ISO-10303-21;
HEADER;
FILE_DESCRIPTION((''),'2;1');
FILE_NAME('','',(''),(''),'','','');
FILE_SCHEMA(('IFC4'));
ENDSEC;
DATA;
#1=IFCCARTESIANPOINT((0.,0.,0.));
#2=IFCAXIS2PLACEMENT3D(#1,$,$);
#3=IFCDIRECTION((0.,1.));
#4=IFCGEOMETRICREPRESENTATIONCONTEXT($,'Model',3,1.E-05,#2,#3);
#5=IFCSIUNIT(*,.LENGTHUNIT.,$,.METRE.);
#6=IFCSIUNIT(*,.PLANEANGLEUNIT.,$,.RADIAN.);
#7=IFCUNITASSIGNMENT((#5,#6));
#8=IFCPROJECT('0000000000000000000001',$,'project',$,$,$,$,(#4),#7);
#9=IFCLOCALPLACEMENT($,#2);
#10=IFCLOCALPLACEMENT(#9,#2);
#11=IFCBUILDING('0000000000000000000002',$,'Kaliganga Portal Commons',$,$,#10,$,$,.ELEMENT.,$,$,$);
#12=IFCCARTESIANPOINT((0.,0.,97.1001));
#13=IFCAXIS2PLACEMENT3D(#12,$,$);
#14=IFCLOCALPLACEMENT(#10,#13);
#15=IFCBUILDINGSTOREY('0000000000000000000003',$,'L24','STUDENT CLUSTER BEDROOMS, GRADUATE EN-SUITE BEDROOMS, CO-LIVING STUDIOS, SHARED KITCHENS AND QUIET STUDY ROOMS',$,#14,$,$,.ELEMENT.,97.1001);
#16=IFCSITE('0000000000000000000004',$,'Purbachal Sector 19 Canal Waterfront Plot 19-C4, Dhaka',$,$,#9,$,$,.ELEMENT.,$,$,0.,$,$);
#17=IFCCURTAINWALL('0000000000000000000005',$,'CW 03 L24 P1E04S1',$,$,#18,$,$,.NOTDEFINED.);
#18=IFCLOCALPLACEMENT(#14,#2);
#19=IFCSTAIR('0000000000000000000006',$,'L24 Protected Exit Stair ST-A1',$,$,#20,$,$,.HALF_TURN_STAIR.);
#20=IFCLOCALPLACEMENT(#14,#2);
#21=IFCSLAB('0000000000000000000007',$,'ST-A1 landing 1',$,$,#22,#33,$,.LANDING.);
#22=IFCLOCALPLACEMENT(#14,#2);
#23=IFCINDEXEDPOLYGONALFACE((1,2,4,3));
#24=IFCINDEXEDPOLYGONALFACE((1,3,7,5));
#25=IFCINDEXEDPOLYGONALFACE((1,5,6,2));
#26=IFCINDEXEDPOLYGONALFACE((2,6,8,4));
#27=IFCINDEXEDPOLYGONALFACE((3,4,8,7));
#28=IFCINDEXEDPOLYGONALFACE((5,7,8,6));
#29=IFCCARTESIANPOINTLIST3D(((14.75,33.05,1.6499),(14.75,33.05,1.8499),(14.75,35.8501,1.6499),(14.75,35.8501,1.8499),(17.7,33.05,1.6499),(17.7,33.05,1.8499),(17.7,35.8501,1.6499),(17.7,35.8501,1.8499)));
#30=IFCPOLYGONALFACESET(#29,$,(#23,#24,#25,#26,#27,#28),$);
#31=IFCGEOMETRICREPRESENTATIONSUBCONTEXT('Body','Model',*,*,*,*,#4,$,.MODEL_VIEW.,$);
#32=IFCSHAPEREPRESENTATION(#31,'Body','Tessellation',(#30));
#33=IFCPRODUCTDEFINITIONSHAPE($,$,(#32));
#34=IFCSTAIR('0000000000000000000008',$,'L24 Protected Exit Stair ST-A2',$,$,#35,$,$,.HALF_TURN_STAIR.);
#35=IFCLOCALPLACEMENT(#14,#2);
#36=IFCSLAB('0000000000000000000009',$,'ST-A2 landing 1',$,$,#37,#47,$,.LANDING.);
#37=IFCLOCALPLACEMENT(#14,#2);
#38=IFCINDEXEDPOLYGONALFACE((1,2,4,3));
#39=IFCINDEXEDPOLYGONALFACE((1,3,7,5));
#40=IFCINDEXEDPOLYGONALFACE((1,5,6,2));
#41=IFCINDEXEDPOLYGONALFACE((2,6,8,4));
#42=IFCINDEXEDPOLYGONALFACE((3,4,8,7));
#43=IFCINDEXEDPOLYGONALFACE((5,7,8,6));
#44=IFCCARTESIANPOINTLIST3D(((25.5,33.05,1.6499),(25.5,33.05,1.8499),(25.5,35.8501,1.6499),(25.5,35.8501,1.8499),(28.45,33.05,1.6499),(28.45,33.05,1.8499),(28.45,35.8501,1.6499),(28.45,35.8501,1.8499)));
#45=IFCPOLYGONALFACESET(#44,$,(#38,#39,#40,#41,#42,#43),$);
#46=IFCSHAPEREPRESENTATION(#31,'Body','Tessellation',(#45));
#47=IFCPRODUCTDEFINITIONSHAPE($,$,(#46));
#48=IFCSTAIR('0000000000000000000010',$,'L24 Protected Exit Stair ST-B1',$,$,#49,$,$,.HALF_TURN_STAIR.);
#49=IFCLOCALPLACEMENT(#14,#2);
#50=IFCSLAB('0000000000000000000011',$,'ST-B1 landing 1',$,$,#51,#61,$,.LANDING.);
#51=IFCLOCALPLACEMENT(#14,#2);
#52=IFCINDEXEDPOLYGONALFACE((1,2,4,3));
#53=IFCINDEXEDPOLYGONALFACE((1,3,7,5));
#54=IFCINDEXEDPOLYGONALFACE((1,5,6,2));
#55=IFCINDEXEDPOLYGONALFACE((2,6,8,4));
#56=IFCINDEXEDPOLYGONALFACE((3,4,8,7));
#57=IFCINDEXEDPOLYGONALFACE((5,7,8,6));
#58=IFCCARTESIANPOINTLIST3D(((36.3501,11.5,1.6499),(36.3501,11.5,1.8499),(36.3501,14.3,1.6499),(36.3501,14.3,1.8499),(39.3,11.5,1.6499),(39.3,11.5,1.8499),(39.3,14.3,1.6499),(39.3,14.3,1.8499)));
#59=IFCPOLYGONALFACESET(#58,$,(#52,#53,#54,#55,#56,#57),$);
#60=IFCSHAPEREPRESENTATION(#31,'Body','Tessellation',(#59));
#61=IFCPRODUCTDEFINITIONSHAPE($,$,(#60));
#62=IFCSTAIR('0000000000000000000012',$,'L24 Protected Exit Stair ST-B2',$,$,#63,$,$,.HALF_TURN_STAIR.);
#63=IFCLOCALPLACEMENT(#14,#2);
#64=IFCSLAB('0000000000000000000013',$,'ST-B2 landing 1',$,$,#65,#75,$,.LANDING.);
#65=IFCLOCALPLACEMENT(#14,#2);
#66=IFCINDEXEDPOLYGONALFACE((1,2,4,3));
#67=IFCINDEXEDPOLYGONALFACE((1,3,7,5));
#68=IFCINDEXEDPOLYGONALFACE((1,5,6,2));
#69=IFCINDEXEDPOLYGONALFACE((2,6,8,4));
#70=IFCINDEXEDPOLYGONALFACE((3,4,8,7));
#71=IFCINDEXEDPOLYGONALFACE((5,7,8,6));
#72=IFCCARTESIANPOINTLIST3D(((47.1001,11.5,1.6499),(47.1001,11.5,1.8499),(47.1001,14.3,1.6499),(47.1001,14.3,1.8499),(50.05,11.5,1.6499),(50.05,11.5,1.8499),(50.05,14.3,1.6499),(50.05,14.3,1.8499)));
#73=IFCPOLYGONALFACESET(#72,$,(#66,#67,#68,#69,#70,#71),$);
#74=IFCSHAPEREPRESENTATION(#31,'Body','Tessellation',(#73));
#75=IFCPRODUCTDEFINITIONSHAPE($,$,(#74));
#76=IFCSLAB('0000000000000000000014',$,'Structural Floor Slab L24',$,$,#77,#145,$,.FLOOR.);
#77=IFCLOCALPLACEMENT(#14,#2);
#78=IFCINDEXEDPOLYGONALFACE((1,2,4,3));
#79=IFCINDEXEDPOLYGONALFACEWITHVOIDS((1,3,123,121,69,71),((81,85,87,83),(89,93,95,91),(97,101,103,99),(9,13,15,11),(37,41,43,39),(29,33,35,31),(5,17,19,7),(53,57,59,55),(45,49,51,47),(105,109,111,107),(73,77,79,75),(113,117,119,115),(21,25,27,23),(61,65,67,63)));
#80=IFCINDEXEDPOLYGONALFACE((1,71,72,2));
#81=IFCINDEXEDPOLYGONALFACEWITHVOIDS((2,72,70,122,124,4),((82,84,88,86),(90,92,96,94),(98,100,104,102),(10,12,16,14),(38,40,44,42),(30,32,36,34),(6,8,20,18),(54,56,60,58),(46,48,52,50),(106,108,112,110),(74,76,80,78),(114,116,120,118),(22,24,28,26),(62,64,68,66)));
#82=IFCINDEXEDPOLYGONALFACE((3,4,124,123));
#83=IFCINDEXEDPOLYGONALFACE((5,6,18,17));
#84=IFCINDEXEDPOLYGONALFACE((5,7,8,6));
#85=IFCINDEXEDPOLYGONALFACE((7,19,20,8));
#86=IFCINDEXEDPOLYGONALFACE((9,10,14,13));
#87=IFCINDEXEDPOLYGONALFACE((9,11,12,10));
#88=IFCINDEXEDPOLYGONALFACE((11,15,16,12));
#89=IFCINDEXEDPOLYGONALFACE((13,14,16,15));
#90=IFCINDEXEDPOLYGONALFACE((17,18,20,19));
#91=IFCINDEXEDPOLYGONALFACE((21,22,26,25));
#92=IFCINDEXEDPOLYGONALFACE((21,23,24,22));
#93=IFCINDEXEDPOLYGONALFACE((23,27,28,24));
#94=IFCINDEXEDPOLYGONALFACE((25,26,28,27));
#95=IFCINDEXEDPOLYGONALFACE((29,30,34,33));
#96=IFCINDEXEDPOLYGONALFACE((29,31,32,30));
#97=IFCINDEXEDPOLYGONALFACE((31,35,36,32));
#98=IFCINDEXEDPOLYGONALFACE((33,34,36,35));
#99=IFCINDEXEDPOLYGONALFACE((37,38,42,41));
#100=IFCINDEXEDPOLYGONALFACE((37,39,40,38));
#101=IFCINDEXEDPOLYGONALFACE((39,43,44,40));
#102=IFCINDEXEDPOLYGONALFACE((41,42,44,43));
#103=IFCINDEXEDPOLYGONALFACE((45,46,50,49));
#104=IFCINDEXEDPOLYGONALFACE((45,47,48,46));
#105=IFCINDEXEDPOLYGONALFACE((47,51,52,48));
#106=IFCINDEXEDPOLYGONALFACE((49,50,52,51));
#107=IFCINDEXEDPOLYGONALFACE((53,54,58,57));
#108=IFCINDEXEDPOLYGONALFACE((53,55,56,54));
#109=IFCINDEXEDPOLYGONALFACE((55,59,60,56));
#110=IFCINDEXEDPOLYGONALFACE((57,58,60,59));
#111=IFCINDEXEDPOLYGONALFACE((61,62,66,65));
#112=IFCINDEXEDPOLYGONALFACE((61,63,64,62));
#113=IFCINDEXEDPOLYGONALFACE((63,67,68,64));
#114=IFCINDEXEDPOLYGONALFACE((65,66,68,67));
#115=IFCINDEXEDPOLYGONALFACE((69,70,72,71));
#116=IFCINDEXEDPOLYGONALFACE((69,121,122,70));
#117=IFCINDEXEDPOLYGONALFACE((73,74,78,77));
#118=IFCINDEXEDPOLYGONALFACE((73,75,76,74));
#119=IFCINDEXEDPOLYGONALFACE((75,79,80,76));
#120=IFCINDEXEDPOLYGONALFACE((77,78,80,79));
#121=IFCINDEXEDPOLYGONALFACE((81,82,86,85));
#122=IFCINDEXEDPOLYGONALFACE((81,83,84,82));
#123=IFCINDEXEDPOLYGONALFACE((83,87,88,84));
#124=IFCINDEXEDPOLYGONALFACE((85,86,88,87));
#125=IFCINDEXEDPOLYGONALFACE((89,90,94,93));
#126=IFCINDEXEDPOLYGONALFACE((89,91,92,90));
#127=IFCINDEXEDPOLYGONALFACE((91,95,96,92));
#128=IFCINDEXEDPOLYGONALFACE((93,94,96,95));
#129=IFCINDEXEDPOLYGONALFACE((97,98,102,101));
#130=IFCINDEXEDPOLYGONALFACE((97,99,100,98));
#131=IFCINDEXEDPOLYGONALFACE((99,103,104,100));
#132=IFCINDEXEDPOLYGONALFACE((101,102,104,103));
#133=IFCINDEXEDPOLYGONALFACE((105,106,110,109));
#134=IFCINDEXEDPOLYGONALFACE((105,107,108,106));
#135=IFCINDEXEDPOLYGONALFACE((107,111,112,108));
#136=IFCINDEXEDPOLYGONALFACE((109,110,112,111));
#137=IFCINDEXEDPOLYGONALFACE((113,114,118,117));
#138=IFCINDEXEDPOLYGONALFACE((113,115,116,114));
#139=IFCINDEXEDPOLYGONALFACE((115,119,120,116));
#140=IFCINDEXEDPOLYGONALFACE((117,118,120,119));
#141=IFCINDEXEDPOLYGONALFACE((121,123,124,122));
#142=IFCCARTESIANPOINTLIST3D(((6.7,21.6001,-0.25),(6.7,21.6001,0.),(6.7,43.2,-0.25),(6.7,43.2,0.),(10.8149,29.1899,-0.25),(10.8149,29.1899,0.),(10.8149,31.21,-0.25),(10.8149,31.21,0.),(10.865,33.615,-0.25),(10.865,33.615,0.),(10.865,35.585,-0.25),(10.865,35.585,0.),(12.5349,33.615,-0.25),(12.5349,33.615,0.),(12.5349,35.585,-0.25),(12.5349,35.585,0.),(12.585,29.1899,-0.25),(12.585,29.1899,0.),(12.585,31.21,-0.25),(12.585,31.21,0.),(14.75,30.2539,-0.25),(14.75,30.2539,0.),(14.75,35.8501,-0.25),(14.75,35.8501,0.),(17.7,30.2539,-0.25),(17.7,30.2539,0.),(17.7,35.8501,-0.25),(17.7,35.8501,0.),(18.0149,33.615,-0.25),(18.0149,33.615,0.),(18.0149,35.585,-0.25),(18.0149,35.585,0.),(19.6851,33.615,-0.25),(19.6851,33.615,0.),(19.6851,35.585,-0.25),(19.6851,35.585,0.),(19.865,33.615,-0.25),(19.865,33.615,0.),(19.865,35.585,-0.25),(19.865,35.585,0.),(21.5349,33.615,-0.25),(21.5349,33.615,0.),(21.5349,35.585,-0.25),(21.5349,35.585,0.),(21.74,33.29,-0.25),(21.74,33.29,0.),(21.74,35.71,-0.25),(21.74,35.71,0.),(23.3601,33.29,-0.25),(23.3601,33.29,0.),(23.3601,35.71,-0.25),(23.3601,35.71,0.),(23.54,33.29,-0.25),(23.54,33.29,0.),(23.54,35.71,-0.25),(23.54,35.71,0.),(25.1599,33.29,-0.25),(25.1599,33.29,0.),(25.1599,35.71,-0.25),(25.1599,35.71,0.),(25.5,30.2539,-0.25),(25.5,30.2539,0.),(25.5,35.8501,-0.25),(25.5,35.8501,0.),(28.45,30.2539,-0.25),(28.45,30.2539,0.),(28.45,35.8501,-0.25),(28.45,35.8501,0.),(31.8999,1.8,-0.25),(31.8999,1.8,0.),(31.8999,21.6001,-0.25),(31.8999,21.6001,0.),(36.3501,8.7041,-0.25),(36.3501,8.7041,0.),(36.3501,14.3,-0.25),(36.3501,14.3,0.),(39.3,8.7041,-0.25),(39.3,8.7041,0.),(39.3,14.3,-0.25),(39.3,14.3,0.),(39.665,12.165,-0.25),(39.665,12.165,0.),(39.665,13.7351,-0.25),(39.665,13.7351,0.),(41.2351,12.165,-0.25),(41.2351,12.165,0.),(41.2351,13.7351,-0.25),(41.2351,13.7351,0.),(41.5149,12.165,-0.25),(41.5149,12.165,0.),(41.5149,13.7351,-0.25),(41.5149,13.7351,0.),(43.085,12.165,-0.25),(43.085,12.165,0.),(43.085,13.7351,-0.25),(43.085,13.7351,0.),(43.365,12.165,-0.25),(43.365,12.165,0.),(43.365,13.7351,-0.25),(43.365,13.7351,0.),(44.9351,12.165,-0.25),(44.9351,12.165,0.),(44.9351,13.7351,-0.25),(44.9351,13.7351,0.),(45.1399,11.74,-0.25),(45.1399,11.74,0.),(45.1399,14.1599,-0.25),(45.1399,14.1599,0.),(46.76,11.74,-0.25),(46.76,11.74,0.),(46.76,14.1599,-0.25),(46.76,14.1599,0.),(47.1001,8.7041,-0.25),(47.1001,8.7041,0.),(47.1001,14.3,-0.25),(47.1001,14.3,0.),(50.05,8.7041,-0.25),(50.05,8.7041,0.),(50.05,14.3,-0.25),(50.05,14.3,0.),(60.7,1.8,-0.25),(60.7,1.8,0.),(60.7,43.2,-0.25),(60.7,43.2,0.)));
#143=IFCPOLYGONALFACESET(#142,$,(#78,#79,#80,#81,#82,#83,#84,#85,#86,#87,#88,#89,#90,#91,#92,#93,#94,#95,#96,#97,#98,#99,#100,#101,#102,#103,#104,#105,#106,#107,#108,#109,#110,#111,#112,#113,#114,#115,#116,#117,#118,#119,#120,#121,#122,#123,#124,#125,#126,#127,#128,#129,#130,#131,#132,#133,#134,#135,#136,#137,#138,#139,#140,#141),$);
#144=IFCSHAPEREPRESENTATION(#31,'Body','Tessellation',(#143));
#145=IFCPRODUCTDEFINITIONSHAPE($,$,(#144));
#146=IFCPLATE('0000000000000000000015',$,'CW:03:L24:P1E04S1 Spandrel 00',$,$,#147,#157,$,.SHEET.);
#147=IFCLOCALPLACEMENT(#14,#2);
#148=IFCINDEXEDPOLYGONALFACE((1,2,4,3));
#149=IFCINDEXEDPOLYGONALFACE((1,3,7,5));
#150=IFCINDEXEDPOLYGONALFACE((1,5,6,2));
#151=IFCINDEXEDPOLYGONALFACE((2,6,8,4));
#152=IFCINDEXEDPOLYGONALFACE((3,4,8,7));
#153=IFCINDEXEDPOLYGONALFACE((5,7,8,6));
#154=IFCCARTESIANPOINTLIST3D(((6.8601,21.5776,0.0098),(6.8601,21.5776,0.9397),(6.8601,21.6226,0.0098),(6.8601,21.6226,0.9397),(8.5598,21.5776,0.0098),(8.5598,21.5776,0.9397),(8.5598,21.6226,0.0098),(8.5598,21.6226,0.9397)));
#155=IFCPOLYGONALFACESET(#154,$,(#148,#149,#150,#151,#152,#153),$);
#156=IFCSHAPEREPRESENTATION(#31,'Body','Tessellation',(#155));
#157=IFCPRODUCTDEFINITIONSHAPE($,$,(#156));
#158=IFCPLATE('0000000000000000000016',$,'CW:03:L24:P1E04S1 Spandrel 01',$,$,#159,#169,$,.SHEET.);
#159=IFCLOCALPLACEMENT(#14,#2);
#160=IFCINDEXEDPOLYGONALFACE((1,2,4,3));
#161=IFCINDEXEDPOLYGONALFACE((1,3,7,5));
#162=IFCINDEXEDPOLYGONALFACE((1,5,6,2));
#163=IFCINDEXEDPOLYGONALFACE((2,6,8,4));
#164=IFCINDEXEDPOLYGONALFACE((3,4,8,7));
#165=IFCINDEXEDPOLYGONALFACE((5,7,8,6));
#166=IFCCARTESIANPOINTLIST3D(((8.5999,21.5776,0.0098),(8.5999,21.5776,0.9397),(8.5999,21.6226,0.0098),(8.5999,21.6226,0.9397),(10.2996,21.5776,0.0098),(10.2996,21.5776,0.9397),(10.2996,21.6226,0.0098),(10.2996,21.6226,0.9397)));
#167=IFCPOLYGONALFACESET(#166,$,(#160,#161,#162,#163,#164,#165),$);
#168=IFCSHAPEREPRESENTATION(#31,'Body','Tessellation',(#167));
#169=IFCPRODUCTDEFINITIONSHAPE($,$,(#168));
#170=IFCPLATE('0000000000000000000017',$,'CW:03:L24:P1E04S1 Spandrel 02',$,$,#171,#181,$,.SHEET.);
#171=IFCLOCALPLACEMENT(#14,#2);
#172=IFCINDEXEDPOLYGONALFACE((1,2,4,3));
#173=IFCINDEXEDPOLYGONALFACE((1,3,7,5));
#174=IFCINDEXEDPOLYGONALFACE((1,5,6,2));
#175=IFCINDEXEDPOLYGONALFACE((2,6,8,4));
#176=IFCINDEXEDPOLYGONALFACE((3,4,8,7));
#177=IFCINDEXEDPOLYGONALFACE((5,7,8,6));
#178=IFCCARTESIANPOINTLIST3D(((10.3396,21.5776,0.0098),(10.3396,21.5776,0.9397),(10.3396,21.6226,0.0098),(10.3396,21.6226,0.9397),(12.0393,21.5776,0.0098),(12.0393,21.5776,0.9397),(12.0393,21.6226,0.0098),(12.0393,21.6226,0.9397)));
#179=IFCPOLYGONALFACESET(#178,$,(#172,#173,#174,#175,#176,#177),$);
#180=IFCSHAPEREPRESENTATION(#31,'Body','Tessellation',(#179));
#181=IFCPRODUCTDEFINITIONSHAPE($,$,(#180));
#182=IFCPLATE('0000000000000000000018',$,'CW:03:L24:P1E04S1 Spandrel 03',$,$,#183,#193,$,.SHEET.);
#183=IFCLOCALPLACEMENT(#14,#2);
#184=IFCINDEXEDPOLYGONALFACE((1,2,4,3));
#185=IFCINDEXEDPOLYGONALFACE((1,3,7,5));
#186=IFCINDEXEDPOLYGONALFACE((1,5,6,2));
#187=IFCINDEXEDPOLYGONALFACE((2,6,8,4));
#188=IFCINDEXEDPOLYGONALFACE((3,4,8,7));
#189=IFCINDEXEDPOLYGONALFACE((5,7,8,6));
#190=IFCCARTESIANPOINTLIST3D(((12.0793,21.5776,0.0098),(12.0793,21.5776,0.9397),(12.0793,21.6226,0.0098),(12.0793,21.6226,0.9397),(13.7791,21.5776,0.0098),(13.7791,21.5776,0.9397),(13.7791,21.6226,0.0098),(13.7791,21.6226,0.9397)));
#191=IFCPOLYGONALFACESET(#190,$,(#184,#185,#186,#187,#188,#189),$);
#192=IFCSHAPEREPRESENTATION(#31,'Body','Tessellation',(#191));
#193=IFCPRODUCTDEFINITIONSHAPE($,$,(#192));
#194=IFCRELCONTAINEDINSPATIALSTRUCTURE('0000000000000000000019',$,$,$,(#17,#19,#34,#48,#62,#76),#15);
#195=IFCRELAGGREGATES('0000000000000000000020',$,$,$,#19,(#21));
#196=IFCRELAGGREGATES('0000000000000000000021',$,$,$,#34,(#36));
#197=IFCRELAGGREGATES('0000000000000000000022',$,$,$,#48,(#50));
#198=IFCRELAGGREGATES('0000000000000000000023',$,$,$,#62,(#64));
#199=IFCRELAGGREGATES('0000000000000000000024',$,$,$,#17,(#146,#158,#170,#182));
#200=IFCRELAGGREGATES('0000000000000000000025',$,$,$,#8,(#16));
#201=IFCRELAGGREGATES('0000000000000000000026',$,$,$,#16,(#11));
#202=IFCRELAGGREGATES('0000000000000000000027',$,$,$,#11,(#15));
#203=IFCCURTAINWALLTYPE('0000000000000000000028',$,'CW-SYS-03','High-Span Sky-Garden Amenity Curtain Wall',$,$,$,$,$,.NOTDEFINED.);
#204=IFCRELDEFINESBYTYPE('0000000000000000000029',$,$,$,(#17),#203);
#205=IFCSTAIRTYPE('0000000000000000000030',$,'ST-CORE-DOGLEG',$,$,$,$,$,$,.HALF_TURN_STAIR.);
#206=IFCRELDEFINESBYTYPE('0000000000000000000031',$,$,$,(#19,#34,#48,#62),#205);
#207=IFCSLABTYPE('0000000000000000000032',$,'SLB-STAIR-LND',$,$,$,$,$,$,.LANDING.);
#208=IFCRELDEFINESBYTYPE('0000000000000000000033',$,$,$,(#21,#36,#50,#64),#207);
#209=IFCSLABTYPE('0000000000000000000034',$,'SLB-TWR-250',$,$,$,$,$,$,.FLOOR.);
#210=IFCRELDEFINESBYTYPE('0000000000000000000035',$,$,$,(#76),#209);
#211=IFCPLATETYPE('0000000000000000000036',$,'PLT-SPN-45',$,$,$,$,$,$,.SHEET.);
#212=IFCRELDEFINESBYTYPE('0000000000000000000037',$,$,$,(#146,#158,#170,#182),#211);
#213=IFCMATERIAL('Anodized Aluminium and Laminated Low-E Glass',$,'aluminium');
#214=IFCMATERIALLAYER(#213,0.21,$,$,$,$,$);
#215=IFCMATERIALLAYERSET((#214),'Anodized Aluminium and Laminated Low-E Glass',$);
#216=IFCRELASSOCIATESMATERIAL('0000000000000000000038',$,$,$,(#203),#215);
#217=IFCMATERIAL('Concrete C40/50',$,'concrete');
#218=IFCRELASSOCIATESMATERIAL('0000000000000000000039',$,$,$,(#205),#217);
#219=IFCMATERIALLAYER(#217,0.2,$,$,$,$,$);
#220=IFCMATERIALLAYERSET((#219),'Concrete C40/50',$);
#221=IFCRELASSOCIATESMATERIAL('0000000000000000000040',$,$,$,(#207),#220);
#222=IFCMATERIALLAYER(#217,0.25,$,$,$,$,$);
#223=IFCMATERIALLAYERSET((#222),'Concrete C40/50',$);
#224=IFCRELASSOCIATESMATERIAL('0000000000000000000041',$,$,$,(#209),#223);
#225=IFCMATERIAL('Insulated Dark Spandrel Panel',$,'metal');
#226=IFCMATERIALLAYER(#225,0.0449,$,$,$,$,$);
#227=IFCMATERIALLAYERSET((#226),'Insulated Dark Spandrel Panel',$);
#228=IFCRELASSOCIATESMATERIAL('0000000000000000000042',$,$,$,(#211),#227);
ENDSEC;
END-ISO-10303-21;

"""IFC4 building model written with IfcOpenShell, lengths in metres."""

from ifc_helpers import new_model, si_unit, direction, frame, origin, origin_2d, place, context, subcontext, project, spatial, polyline, rectangle, outline, extrude, source, transform, mapped, material, layer, layer_set, type_object, element, aggregate, save


model = new_model("IFC4")

# Units and contexts
model_context = context("Model", 3, precision=1e-05, world=origin(), true_north=direction((0.0, 1.0)))
body_context = subcontext(model_context, "Body", "Model", "MODEL_VIEW")
ifc_project = project(units=[si_unit("LENGTHUNIT", "METRE"), si_unit("PLANEANGLEUNIT", "RADIAN")], contexts=[model_context])

# Site, building, storey
site_placement = place(None, origin())
site = spatial("IfcSite", under=ifc_project, at=site_placement, Name="Purbachal Sector 19 Canal Waterfront Plot 19-C4, Dhaka", CompositionType="ELEMENT", RefElevation=0.0)
building_placement = place(site_placement, origin())
building = spatial("IfcBuilding", under=site, at=building_placement, Name="Kaliganga Portal Commons", CompositionType="ELEMENT")
storey_placement = place(building_placement, frame((0.0, 0.0, 97.1001)))
storey = spatial("IfcBuildingStorey", under=building, at=storey_placement, Name="L24", Description="STUDENT CLUSTER BEDROOMS, GRADUATE EN-SUITE BEDROOMS, CO-LIVING STUDIOS, SHARED KITCHENS AND QUIET STUDY ROOMS", CompositionType="ELEMENT", Elevation=97.1001)

# Curtain wall
ifc_material_1 = material(Name="Anodized Aluminium and Laminated Low-E Glass", Category="aluminium")
ifc_layer_1 = layer(ifc_material_1, 0.21)
ifc_layer_set_1 = layer_set([ifc_layer_1], Name="Anodized Aluminium and Laminated Low-E Glass")
curtain_wall_type = type_object("IfcCurtainWallType", Name="CW-SYS-03", Description="High-Span Sky-Garden Amenity Curtain Wall", PredefinedType="NOTDEFINED", material=ifc_layer_set_1)
curtain_wall_placement = place(storey_placement, origin())
curtain_wall = element("IfcCurtainWall", 1, at=curtain_wall_placement, inside=storey, type_object=curtain_wall_type, Name="CW 03 L24 P1E04S1", PredefinedType="NOTDEFINED")

# Shared definitions
ifc_material_2 = material(Name="Concrete C40/50", Category="concrete")

# Stairs, slabs
stair_type = type_object("IfcStairType", Name="ST-CORE-DOGLEG", PredefinedType="HALF_TURN_STAIR", material=ifc_material_2)
stair_1_placement = place(storey_placement, origin())
stair_1 = element("IfcStair", 2, at=stair_1_placement, inside=storey, type_object=stair_type, Name="L24 Protected Exit Stair ST-A1", PredefinedType="HALF_TURN_STAIR")
ifc_layer_2 = layer(ifc_material_2, 0.2)
ifc_layer_set_2 = layer_set([ifc_layer_2], Name="Concrete C40/50")
slab_type_1 = type_object("IfcSlabType", Name="SLB-STAIR-LND", PredefinedType="LANDING", material=ifc_layer_set_2)
slab_1_placement = place(storey_placement, frame((0.0, 0.0, 1.6499)))
slab_1 = element("IfcSlab", 3, at=slab_1_placement, type_object=slab_type_1, Name="ST-A1 landing 1", PredefinedType="LANDING", context=body_context, shape_type="SweptSolid", body=[
    extrude(outline(polyline([(17.7, 33.05), (17.7, 35.8501), (14.75, 35.8501), (14.75, 33.05), (17.7, 33.05)])), origin(), (0.0, 0.0, 1.0), 0.2),
])
aggregate(stair_1, [slab_1])
stair_2_placement = place(storey_placement, origin())
stair_2 = element("IfcStair", 4, at=stair_2_placement, inside=storey, type_object=stair_type, Name="L24 Protected Exit Stair ST-A2", PredefinedType="HALF_TURN_STAIR")
slab_2_placement = place(storey_placement, frame((0.0, 0.0, 1.6499)))
slab_2 = element("IfcSlab", 5, at=slab_2_placement, type_object=slab_type_1, Name="ST-A2 landing 1", PredefinedType="LANDING", context=body_context, shape_type="SweptSolid", body=[
    extrude(outline(polyline([(28.45, 33.05), (28.45, 35.8501), (25.5, 35.8501), (25.5, 33.05), (28.45, 33.05)])), origin(), (0.0, 0.0, 1.0), 0.2),
])
aggregate(stair_2, [slab_2])
stair_3_placement = place(storey_placement, origin())
stair_3 = element("IfcStair", 6, at=stair_3_placement, inside=storey, type_object=stair_type, Name="L24 Protected Exit Stair ST-B1", PredefinedType="HALF_TURN_STAIR")
slab_3_placement = place(storey_placement, frame((0.0, 0.0, 1.6499)))
slab_3 = element("IfcSlab", 7, at=slab_3_placement, type_object=slab_type_1, Name="ST-B1 landing 1", PredefinedType="LANDING", context=body_context, shape_type="SweptSolid", body=[
    extrude(outline(polyline([(39.3, 11.5), (39.3, 14.3), (36.3501, 14.3), (36.3501, 11.5), (39.3, 11.5)])), origin(), (0.0, 0.0, 1.0), 0.2),
])
aggregate(stair_3, [slab_3])
stair_4_placement = place(storey_placement, origin())
stair_4 = element("IfcStair", 8, at=stair_4_placement, inside=storey, type_object=stair_type, Name="L24 Protected Exit Stair ST-B2", PredefinedType="HALF_TURN_STAIR")
slab_4_placement = place(storey_placement, frame((0.0, 0.0, 1.6499)))
slab_4 = element("IfcSlab", 9, at=slab_4_placement, type_object=slab_type_1, Name="ST-B2 landing 1", PredefinedType="LANDING", context=body_context, shape_type="SweptSolid", body=[
    extrude(outline(polyline([(50.05, 11.5), (50.05, 14.3), (47.1001, 14.3), (47.1001, 11.5), (50.05, 11.5)])), origin(), (0.0, 0.0, 1.0), 0.2),
])
aggregate(stair_4, [slab_4])

# Slab
ifc_layer_3 = layer(ifc_material_2, 0.25)
ifc_layer_set_3 = layer_set([ifc_layer_3], Name="Concrete C40/50")
slab_type_2 = type_object("IfcSlabType", Name="SLB-TWR-250", PredefinedType="FLOOR", material=ifc_layer_set_3)
slab_5_placement = place(storey_placement, frame((0.0, 0.0, -0.25)))
element("IfcSlab", 10, at=slab_5_placement, inside=storey, type_object=slab_type_2, Name="Structural Floor Slab L24", PredefinedType="FLOOR", context=body_context, shape_type="SweptSolid", body=[
    extrude(outline(polyline([(31.8999, 1.8), (60.7, 1.8), (60.7, 43.2), (6.7, 43.2), (6.7, 21.6001), (31.8999, 21.6001), (31.8999, 1.8)]), holes=[polyline([(14.75, 30.2539), (14.75, 35.8501), (17.7, 35.8501), (17.7, 30.2539), (14.75, 30.2539)]), polyline([(25.5, 30.2539), (25.5, 35.8501), (28.45, 35.8501), (28.45, 30.2539), (25.5, 30.2539)]), polyline([(36.3501, 8.7041), (36.3501, 14.3), (39.3, 14.3), (39.3, 8.7041), (36.3501, 8.7041)]), polyline([(47.1001, 8.7041), (47.1001, 14.3), (50.05, 14.3), (50.05, 8.7041), (47.1001, 8.7041)]), polyline([(18.0149, 33.615), (18.0149, 35.585), (19.6851, 35.585), (19.6851, 33.615), (18.0149, 33.615)]), polyline([(19.865, 33.615), (19.865, 35.585), (21.5349, 35.585), (21.5349, 33.615), (19.865, 33.615)]), polyline([(10.8149, 29.1899), (10.8149, 31.21), (12.585, 31.21), (12.585, 29.1899), (10.8149, 29.1899)]), polyline([(10.865, 33.615), (10.865, 35.585), (12.5349, 35.585), (12.5349, 33.615), (10.865, 33.615)]), polyline([(21.74, 33.29), (21.74, 35.71), (23.3601, 35.71), (23.3601, 33.29), (21.74, 33.29)]), polyline([(23.54, 33.29), (23.54, 35.71), (25.1599, 35.71), (25.1599, 33.29), (23.54, 33.29)]), polyline([(39.665, 12.165), (39.665, 13.7351), (41.2351, 13.7351), (41.2351, 12.165), (39.665, 12.165)]), polyline([(41.5149, 12.165), (41.5149, 13.7351), (43.085, 13.7351), (43.085, 12.165), (41.5149, 12.165)]), polyline([(43.365, 12.165), (43.365, 13.7351), (44.9351, 13.7351), (44.9351, 12.165), (43.365, 12.165)]), polyline([(45.1399, 11.74), (45.1399, 14.1599), (46.76, 14.1599), (46.76, 11.74), (45.1399, 11.74)])]), origin(), (0.0, 0.0, 1.0), 0.25),
])

# Plates
ifc_material_3 = material(Name="Insulated Dark Spandrel Panel", Category="metal")
ifc_layer_4 = layer(ifc_material_3, 0.0449)
ifc_layer_set_4 = layer_set([ifc_layer_4], Name="Insulated Dark Spandrel Panel")
plate_type_1 = type_object("IfcPlateType", Name="PLT-SPN-45", PredefinedType="SHEET", material=ifc_layer_set_4)
shared_shape_1 = source(origin(), body_context, "Body", "SweptSolid", [
    extrude(rectangle(XDim=1.6997, YDim=0.0449, at=origin_2d()), origin(), (0.0, 0.0, 1.0), 0.9299),
])
plate_1_placement = place(storey_placement, frame((7.71, 21.6001, 0.0098), z_axis=(0.0, 0.0, 1.0), x_axis=(1.0, 0.0, 0.0)))
plate_1 = element("IfcPlate", 11, at=plate_1_placement, type_object=plate_type_1, Name="CW:03:L24:P1E04S1 Spandrel 00", PredefinedType="SHEET", context=body_context, shape_type="MappedRepresentation", body=[
    mapped(shared_shape_1, transform((0.0, 0.0, 0.0), x_axis=(1.0, 0.0, 0.0), y_axis=(0.0, 1.0, 0.0), z_axis=(0.0, 0.0, 1.0), scale=1.0)),
])
plate_2_placement = place(storey_placement, frame((9.4497, 21.6001, 0.0098), z_axis=(0.0, 0.0, 1.0), x_axis=(1.0, 0.0, 0.0)))
plate_2 = element("IfcPlate", 12, at=plate_2_placement, type_object=plate_type_1, Name="CW:03:L24:P1E04S1 Spandrel 01", PredefinedType="SHEET", context=body_context, shape_type="MappedRepresentation", body=[
    mapped(shared_shape_1, transform((0.0, 0.0, 0.0), x_axis=(1.0, 0.0, 0.0), y_axis=(0.0, 1.0, 0.0), z_axis=(0.0, 0.0, 1.0), scale=1.0)),
])
plate_3_placement = place(storey_placement, frame((11.1895, 21.6001, 0.0098), z_axis=(0.0, 0.0, 1.0), x_axis=(1.0, 0.0, 0.0)))
plate_3 = element("IfcPlate", 13, at=plate_3_placement, type_object=plate_type_1, Name="CW:03:L24:P1E04S1 Spandrel 02", PredefinedType="SHEET", context=body_context, shape_type="MappedRepresentation", body=[
    mapped(shared_shape_1, transform((0.0, 0.0, 0.0), x_axis=(1.0, 0.0, 0.0), y_axis=(0.0, 1.0, 0.0), z_axis=(0.0, 0.0, 1.0), scale=1.0)),
])
plate_4_placement = place(storey_placement, frame((12.9292, 21.6001, 0.0098), z_axis=(0.0, 0.0, 1.0), x_axis=(1.0, 0.0, 0.0)))
plate_4 = element("IfcPlate", 14, at=plate_4_placement, type_object=plate_type_1, Name="CW:03:L24:P1E04S1 Spandrel 03", PredefinedType="SHEET", context=body_context, shape_type="MappedRepresentation", body=[
    mapped(shared_shape_1, transform((0.0, 0.0, 0.0), x_axis=(1.0, 0.0, 0.0), y_axis=(0.0, 1.0, 0.0), z_axis=(0.0, 0.0, 1.0), scale=1.0)),
])
aggregate(curtain_wall, [plate_1, plate_2, plate_3, plate_4])

save(model, "model.ifc")
